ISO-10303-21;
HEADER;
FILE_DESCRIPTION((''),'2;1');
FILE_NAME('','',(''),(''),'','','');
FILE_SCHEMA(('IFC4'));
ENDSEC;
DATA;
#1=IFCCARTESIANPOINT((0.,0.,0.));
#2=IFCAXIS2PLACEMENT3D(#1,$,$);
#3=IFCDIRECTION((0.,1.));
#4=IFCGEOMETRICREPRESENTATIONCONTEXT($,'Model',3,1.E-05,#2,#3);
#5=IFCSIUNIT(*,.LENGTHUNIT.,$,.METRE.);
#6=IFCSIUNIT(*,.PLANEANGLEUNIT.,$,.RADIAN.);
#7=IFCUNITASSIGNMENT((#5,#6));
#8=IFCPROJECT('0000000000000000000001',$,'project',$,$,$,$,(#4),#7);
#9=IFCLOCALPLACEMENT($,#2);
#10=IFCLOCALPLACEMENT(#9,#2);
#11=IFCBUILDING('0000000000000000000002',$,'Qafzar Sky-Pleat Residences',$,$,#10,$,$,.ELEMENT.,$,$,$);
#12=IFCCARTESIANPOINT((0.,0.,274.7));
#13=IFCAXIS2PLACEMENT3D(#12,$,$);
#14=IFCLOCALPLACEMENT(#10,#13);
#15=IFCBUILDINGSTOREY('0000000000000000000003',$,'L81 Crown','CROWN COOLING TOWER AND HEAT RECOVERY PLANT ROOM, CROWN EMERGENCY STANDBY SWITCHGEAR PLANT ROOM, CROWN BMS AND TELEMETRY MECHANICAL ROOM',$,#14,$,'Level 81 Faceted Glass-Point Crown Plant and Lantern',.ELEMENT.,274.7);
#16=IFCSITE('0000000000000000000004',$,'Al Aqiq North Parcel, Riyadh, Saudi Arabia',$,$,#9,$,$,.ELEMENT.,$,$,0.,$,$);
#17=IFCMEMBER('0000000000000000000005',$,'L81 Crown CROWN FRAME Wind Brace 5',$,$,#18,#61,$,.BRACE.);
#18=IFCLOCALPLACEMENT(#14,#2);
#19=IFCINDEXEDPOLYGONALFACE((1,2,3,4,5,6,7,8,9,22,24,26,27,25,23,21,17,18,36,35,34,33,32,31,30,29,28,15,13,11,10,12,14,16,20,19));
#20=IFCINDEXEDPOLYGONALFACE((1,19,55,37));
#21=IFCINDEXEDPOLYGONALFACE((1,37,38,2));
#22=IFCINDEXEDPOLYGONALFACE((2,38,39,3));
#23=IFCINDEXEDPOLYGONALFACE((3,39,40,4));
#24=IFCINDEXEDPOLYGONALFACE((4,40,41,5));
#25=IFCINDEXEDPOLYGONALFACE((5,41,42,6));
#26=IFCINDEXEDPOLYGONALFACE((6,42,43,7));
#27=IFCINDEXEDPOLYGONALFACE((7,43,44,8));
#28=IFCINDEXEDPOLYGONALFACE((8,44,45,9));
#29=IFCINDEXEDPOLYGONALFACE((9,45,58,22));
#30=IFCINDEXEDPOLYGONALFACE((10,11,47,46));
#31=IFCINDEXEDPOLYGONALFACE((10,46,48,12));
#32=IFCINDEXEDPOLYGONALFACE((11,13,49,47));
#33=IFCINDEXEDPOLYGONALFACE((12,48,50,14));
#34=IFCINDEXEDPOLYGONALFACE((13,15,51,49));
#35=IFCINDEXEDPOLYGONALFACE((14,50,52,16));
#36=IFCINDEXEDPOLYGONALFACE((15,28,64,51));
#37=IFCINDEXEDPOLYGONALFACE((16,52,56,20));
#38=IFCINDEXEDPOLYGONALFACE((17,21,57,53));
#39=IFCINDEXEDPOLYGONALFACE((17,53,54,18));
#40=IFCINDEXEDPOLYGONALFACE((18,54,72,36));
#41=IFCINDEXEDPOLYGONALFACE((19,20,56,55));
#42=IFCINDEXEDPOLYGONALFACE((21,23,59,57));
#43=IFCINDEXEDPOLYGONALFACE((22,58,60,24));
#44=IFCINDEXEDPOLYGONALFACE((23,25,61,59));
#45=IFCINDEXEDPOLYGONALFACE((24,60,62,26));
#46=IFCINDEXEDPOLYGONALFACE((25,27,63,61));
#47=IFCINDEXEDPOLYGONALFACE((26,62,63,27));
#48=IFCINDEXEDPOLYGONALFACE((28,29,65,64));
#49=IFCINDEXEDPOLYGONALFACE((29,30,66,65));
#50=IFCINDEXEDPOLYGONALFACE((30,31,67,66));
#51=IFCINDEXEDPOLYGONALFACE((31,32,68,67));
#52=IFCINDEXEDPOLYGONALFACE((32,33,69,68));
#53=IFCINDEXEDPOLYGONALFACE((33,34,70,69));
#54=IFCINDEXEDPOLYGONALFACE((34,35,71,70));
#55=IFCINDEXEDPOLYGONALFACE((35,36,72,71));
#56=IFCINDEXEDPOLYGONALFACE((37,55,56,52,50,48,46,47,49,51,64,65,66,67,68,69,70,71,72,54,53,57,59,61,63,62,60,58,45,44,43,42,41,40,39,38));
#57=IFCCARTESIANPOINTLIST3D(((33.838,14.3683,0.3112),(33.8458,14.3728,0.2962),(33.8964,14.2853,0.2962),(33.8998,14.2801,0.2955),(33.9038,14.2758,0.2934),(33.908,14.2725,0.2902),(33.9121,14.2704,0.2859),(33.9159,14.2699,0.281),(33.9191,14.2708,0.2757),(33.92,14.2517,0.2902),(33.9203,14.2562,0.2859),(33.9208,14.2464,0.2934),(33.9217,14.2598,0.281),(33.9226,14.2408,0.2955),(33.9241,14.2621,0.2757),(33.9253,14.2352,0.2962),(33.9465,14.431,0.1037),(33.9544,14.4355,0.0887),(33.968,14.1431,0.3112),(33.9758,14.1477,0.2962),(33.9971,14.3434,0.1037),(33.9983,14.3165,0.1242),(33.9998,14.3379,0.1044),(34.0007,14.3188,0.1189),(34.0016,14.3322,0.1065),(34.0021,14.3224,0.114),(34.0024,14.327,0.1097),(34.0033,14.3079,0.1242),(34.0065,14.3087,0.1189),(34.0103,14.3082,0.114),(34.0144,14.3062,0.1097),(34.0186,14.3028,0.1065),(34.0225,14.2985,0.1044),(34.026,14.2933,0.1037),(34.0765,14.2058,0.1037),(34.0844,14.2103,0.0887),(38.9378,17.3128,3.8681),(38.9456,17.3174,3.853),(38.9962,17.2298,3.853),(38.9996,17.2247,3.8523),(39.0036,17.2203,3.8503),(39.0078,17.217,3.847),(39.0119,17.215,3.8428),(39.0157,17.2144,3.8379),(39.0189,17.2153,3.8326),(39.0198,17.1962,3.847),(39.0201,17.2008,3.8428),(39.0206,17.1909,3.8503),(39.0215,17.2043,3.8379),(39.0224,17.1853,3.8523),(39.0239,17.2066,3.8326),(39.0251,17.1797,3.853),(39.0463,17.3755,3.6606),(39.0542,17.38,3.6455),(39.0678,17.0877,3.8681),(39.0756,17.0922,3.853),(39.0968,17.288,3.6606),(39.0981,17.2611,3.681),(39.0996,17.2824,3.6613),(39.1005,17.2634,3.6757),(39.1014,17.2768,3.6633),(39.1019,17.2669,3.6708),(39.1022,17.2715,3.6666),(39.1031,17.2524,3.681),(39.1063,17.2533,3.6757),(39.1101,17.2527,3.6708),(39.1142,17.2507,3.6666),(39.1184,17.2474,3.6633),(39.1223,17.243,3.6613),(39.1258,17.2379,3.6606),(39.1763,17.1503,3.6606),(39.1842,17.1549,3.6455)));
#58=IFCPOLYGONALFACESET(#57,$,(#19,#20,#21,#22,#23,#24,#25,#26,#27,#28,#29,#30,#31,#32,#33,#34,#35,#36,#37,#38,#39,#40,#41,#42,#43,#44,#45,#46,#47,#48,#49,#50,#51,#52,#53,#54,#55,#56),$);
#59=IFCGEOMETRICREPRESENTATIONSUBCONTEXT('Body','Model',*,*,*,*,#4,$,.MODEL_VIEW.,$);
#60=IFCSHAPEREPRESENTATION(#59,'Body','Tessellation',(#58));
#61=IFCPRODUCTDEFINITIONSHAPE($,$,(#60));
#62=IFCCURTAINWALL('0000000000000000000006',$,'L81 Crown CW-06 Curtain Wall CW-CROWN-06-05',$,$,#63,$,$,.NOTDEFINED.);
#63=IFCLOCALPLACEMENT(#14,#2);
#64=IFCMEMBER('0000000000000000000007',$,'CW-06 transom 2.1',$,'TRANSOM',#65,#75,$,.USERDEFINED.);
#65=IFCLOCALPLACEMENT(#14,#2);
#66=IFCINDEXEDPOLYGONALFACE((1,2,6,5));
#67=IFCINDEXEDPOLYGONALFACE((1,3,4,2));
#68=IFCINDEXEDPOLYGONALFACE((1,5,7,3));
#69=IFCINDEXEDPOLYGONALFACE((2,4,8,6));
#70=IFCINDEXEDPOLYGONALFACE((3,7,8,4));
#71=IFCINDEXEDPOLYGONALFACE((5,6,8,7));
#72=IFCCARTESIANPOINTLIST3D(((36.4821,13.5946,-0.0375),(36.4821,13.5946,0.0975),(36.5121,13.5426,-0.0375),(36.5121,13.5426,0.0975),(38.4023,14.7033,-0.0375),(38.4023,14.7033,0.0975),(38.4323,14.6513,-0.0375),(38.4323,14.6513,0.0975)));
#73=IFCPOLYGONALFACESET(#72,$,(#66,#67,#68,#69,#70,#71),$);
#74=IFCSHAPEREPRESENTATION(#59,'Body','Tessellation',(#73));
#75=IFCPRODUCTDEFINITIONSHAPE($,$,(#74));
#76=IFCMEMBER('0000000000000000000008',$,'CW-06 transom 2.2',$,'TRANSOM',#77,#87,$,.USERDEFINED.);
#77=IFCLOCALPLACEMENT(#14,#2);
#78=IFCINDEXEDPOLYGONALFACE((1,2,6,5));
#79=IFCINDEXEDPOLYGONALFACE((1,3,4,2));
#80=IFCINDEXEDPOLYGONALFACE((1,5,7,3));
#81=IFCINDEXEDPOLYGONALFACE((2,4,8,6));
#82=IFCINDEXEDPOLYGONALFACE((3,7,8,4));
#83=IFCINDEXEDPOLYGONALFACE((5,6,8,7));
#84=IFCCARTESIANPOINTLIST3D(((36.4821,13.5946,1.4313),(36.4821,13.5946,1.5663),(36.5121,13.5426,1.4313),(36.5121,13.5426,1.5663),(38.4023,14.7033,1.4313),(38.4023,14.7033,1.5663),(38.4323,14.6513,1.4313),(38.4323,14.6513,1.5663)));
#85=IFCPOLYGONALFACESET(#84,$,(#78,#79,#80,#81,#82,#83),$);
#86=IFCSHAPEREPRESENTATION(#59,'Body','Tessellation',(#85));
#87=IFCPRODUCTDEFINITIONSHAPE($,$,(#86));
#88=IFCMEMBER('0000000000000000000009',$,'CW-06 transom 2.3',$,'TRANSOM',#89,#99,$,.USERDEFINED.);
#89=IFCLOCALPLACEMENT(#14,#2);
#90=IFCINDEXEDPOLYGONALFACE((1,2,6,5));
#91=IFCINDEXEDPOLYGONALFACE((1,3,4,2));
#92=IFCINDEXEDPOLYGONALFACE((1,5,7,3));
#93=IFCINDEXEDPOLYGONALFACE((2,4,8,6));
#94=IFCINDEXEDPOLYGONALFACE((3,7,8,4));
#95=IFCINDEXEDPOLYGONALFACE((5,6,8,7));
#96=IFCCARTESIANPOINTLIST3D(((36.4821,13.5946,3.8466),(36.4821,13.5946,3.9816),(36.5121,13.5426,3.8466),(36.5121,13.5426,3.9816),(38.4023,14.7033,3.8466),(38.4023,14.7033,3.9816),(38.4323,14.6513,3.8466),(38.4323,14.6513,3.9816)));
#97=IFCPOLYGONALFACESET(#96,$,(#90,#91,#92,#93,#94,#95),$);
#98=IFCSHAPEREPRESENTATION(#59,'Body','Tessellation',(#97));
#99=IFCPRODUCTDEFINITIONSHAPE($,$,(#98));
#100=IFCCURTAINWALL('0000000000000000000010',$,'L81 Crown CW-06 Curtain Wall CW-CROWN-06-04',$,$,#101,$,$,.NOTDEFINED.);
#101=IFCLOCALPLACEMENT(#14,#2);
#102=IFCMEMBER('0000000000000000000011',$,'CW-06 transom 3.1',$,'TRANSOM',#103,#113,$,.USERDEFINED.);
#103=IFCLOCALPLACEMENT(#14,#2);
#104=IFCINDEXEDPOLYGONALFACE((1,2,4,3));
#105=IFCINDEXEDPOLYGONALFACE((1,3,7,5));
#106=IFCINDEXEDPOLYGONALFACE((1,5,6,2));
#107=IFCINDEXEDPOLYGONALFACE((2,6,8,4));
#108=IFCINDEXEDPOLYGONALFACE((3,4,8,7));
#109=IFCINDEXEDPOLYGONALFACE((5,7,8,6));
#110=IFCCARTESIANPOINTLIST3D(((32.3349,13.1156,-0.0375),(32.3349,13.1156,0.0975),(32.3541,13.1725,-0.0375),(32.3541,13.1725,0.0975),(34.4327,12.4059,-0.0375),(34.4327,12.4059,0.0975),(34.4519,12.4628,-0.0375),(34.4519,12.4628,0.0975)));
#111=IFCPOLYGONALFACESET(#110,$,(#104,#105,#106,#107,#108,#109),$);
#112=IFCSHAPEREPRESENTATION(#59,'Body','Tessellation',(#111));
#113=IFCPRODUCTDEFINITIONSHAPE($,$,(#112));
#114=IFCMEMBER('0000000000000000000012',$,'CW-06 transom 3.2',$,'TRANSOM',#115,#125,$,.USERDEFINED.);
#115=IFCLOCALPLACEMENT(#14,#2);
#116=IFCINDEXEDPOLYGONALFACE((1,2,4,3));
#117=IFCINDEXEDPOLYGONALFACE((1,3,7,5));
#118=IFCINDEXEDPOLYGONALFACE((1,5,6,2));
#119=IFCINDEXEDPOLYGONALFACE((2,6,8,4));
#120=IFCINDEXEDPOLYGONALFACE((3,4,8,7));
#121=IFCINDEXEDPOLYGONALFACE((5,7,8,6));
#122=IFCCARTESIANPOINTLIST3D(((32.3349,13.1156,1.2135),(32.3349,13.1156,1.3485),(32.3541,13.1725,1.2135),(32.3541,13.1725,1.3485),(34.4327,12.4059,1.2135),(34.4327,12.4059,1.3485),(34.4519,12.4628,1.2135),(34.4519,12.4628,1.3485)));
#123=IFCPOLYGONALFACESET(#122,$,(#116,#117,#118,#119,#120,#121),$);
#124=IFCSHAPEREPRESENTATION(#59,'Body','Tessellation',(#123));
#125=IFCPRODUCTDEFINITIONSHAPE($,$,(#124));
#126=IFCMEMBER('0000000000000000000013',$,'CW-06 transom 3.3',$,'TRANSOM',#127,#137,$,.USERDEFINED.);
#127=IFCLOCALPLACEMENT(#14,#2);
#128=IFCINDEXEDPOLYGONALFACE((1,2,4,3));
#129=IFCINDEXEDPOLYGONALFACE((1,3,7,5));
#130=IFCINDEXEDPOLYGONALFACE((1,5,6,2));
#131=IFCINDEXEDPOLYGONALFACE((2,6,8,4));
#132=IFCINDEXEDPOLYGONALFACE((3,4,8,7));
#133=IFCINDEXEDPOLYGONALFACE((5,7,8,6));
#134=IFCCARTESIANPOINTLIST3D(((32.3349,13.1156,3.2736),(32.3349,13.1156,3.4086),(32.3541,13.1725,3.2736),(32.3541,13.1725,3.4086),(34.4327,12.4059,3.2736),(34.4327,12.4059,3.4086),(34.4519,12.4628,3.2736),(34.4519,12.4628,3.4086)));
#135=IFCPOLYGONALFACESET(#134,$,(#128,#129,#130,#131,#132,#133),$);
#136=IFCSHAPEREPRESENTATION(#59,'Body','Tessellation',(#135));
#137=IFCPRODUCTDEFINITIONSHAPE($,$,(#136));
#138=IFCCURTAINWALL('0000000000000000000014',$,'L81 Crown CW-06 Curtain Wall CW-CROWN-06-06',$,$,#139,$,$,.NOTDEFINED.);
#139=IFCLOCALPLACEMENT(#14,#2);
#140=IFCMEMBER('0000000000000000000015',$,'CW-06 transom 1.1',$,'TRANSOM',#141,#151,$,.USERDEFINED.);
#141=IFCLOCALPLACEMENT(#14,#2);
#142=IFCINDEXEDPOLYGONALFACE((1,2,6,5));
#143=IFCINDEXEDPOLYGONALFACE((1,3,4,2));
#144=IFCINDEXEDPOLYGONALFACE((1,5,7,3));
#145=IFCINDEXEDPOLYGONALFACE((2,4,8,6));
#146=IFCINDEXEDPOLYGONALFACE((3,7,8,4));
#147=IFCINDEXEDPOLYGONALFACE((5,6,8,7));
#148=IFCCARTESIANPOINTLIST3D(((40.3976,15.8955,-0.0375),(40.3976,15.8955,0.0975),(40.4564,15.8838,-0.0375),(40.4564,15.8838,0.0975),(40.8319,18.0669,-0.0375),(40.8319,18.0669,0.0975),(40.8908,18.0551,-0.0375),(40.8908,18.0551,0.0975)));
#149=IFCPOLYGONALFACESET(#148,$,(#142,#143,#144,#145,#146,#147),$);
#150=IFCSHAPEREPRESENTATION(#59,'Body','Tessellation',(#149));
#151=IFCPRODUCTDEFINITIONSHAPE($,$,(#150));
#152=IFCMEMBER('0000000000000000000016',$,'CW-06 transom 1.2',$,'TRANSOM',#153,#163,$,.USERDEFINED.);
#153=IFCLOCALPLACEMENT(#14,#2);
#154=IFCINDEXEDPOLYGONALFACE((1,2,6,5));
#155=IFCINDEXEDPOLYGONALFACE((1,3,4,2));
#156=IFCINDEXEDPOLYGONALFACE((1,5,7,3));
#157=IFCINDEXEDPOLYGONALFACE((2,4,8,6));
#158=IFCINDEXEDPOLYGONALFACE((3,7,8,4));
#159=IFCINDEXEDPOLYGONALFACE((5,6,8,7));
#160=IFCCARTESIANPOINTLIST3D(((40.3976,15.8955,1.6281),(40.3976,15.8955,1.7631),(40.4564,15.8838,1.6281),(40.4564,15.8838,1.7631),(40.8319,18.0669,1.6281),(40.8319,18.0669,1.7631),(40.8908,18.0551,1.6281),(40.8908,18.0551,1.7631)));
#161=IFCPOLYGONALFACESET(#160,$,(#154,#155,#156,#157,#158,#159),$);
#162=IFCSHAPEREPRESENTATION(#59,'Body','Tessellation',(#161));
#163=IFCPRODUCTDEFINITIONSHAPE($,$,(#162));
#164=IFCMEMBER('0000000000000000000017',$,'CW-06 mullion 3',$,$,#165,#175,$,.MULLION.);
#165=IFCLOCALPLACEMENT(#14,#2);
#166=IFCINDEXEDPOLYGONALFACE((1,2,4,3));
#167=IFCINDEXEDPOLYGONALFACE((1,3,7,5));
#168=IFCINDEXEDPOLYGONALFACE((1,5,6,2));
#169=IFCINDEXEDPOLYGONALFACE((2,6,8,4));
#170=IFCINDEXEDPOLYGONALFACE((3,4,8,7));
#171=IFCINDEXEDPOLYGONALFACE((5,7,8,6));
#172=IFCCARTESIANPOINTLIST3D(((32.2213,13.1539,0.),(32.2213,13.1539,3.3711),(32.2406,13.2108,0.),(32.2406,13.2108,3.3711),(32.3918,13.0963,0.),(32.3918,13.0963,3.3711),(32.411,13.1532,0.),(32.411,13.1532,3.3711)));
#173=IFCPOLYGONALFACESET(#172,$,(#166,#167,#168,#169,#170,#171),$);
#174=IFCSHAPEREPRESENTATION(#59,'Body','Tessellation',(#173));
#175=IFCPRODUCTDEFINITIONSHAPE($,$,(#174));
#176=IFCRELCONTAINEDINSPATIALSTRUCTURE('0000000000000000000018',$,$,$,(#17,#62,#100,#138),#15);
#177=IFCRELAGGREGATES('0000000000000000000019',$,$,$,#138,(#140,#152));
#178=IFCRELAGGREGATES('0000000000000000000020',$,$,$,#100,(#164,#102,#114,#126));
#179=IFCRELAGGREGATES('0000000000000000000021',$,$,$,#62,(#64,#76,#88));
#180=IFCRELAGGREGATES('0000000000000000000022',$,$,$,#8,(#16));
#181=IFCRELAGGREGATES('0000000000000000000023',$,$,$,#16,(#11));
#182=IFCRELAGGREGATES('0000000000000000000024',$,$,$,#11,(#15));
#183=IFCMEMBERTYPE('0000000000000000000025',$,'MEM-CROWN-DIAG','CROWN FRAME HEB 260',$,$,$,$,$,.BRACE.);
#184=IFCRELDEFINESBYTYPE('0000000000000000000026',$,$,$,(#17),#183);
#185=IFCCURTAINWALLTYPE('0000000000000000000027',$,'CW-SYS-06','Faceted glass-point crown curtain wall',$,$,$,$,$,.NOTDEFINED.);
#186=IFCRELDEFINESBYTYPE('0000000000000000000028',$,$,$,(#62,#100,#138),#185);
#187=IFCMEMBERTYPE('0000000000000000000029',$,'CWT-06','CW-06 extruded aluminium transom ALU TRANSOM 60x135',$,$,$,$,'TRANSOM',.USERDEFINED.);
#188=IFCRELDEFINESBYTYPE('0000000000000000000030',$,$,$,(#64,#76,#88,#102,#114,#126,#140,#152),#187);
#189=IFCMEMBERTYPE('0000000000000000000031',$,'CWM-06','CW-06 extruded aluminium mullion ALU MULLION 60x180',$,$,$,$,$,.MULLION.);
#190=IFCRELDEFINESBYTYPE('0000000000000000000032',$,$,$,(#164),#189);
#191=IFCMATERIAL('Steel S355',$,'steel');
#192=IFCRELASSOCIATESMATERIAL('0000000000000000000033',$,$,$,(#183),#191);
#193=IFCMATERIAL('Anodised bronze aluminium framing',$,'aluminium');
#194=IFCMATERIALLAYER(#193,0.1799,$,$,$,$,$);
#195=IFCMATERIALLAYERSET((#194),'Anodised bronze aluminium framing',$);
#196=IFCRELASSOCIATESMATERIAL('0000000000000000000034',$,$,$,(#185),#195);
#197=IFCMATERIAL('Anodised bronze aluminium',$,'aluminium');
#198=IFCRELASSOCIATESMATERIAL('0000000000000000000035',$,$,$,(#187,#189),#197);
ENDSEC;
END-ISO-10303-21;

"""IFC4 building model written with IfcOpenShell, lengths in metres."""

from ifc_helpers import new_model, si_unit, direction, frame, origin, origin_2d, place, context, subcontext, project, spatial, rectangle, i_section, extrude, source, transform, mapped, material, layer, layer_set, material_profile, profile_set, type_object, element, aggregate, save


model = new_model("IFC4")

# Units and contexts
model_context = context("Model", 3, precision=1e-05, world=origin(), true_north=direction((0.0, 1.0)))
body_context = subcontext(model_context, "Body", "Model", "MODEL_VIEW")
ifc_project = project(units=[si_unit("LENGTHUNIT", "METRE"), si_unit("PLANEANGLEUNIT", "RADIAN")], contexts=[model_context])

# Site, building, storey
site_placement = place(None, origin())
site = spatial("IfcSite", under=ifc_project, at=site_placement, Name="Al Aqiq North Parcel, Riyadh, Saudi Arabia", CompositionType="ELEMENT", RefElevation=0.0)
building_placement = place(site_placement, origin())
building = spatial("IfcBuilding", under=site, at=building_placement, Name="Qafzar Sky-Pleat Residences", CompositionType="ELEMENT")
storey_placement = place(building_placement, frame((0.0, 0.0, 274.7)))
storey = spatial("IfcBuildingStorey", under=building, at=storey_placement, Name="L81 Crown", Description="CROWN COOLING TOWER AND HEAT RECOVERY PLANT ROOM, CROWN EMERGENCY STANDBY SWITCHGEAR PLANT ROOM, CROWN BMS AND TELEMETRY MECHANICAL ROOM", LongName="Level 81 Faceted Glass-Point Crown Plant and Lantern", CompositionType="ELEMENT", Elevation=274.7)

# Member
ifc_material_1 = material(Name="Steel S355", Category="steel")
ifc_material_profile_1 = material_profile(ifc_material_1, i_section(OverallWidth=0.26, OverallDepth=0.26, WebThickness=0.01, FlangeThickness=0.0176, FilletRadius=0.0239, at=origin_2d()), Name="HEB 260")
ifc_profile_set_1 = profile_set([ifc_material_profile_1], Name="Steel S355")
member_type_1 = type_object("IfcMemberType", Name="MEM-CROWN-DIAG", Description="CROWN FRAME HEB 260", PredefinedType="BRACE", material=ifc_profile_set_1)
shared_shape_1 = source(origin(), body_context, "Body", "SweptSolid", [
    extrude(i_section(OverallWidth=0.26, OverallDepth=0.26, WebThickness=0.01, FlangeThickness=0.0176, FilletRadius=0.0239, at=origin_2d()), origin(), (0.0, 0.0, 1.0), 6.8796),
])
member_1_placement = place(storey_placement, frame((33.9612, 14.2893, 0.2), z_axis=(0.741288, 0.428009, 0.51701), x_axis=(-0.500023, 0.866012, 0.0)))
element("IfcMember", 1, at=member_1_placement, inside=storey, type_object=member_type_1, Name="L81 Crown CROWN FRAME Wind Brace 5", PredefinedType="BRACE", context=body_context, shape_type="MappedRepresentation", body=[
    mapped(shared_shape_1, transform((0.0, 0.0, 0.0), x_axis=(1.0, 0.0, 0.0), y_axis=(0.0, 1.0, 0.0), z_axis=(0.0, 0.0, 1.0), scale=1.0)),
])

# Curtain walls, members
ifc_material_2 = material(Name="Anodised bronze aluminium framing", Category="aluminium")
ifc_layer_1 = layer(ifc_material_2, 0.1799)
ifc_layer_set_1 = layer_set([ifc_layer_1], Name="Anodised bronze aluminium framing")
curtain_wall_type = type_object("IfcCurtainWallType", Name="CW-SYS-06", Description="Faceted glass-point crown curtain wall", PredefinedType="NOTDEFINED", material=ifc_layer_set_1)
curtain_wall_1_placement = place(storey_placement, origin())
curtain_wall_1 = element("IfcCurtainWall", 2, at=curtain_wall_1_placement, inside=storey, type_object=curtain_wall_type, Name="L81 Crown CW-06 Curtain Wall CW-CROWN-06-05", PredefinedType="NOTDEFINED")
ifc_material_3 = material(Name="Anodised bronze aluminium", Category="aluminium")
ifc_material_profile_2 = material_profile(ifc_material_3, rectangle(XDim=0.0601, YDim=0.135, at=origin_2d()), Name="ALU TRANSOM 60x135")
ifc_profile_set_2 = profile_set([ifc_material_profile_2], Name="Anodised bronze aluminium")
member_type_2 = type_object("IfcMemberType", Name="CWT-06", Description="CW-06 extruded aluminium transom ALU TRANSOM 60x135", ElementType="TRANSOM", PredefinedType="USERDEFINED", material=ifc_profile_set_2)
shared_shape_2 = source(origin(), body_context, "Body", "SweptSolid", [
    extrude(rectangle(XDim=0.0601, YDim=0.135, at=origin_2d()), origin(), (0.0, 0.0, 1.0), 2.2173),
])
member_2_placement = place(storey_placement, frame((36.4971, 13.5686, 0.03), z_axis=(0.866019, 0.500012, 0.0), x_axis=(-0.500012, 0.866019, 0.0)))
member_2 = element("IfcMember", 3, at=member_2_placement, type_object=member_type_2, Name="CW-06 transom 2.1", ObjectType="TRANSOM", PredefinedType="USERDEFINED", context=body_context, shape_type="MappedRepresentation", body=[
    mapped(shared_shape_2, transform((0.0, 0.0, 0.0), x_axis=(1.0, 0.0, 0.0), y_axis=(0.0, 1.0, 0.0), z_axis=(0.0, 0.0, 1.0), scale=1.0)),
])
member_3_placement = place(storey_placement, frame((36.4971, 13.5686, 1.4988), z_axis=(0.866019, 0.500012, 0.0), x_axis=(-0.500012, 0.866019, 0.0)))
member_3 = element("IfcMember", 4, at=member_3_placement, type_object=member_type_2, Name="CW-06 transom 2.2", ObjectType="TRANSOM", PredefinedType="USERDEFINED", context=body_context, shape_type="MappedRepresentation", body=[
    mapped(shared_shape_2, transform((0.0, 0.0, 0.0), x_axis=(1.0, 0.0, 0.0), y_axis=(0.0, 1.0, 0.0), z_axis=(0.0, 0.0, 1.0), scale=1.0)),
])
member_4_placement = place(storey_placement, frame((36.4971, 13.5686, 3.9141), z_axis=(0.866019, 0.500012, 0.0), x_axis=(-0.500012, 0.866019, 0.0)))
member_4 = element("IfcMember", 5, at=member_4_placement, type_object=member_type_2, Name="CW-06 transom 2.3", ObjectType="TRANSOM", PredefinedType="USERDEFINED", context=body_context, shape_type="MappedRepresentation", body=[
    mapped(shared_shape_2, transform((0.0, 0.0, 0.0), x_axis=(1.0, 0.0, 0.0), y_axis=(0.0, 1.0, 0.0), z_axis=(0.0, 0.0, 1.0), scale=1.0)),
])
curtain_wall_2_placement = place(storey_placement, origin())
curtain_wall_2 = element("IfcCurtainWall", 6, at=curtain_wall_2_placement, inside=storey, type_object=curtain_wall_type, Name="L81 Crown CW-06 Curtain Wall CW-CROWN-06-04", PredefinedType="NOTDEFINED")
shared_shape_3 = source(origin(), body_context, "Body", "SweptSolid", [
    extrude(rectangle(XDim=0.0601, YDim=0.135, at=origin_2d()), origin(), (0.0, 0.0, 1.0), 2.2146),
])
member_5_placement = place(storey_placement, frame((32.3445, 13.144, 0.03), z_axis=(0.947263, -0.320458, 0.0), x_axis=(0.320458, 0.947263, 0.0)))
member_5 = element("IfcMember", 7, at=member_5_placement, type_object=member_type_2, Name="CW-06 transom 3.1", ObjectType="TRANSOM", PredefinedType="USERDEFINED", context=body_context, shape_type="MappedRepresentation", body=[
    mapped(shared_shape_3, transform((0.0, 0.0, 0.0), x_axis=(1.0, 0.0, 0.0), y_axis=(0.0, 1.0, 0.0), z_axis=(0.0, 0.0, 1.0), scale=1.0)),
])
member_6_placement = place(storey_placement, frame((32.3445, 13.144, 1.281), z_axis=(0.947263, -0.320458, 0.0), x_axis=(0.320458, 0.947263, 0.0)))
member_6 = element("IfcMember", 8, at=member_6_placement, type_object=member_type_2, Name="CW-06 transom 3.2", ObjectType="TRANSOM", PredefinedType="USERDEFINED", context=body_context, shape_type="MappedRepresentation", body=[
    mapped(shared_shape_3, transform((0.0, 0.0, 0.0), x_axis=(1.0, 0.0, 0.0), y_axis=(0.0, 1.0, 0.0), z_axis=(0.0, 0.0, 1.0), scale=1.0)),
])
member_7_placement = place(storey_placement, frame((32.3445, 13.144, 3.3411), z_axis=(0.947263, -0.320458, 0.0), x_axis=(0.320458, 0.947263, 0.0)))
member_7 = element("IfcMember", 9, at=member_7_placement, type_object=member_type_2, Name="CW-06 transom 3.3", ObjectType="TRANSOM", PredefinedType="USERDEFINED", context=body_context, shape_type="MappedRepresentation", body=[
    mapped(shared_shape_3, transform((0.0, 0.0, 0.0), x_axis=(1.0, 0.0, 0.0), y_axis=(0.0, 1.0, 0.0), z_axis=(0.0, 0.0, 1.0), scale=1.0)),
])
curtain_wall_3_placement = place(storey_placement, origin())
curtain_wall_3 = element("IfcCurtainWall", 10, at=curtain_wall_3_placement, inside=storey, type_object=curtain_wall_type, Name="L81 Crown CW-06 Curtain Wall CW-CROWN-06-06", PredefinedType="NOTDEFINED")
shared_shape_4 = source(origin(), body_context, "Body", "SweptSolid", [
    extrude(rectangle(XDim=0.0601, YDim=0.135, at=origin_2d()), origin(), (0.0, 0.0, 1.0), 2.2144),
])
member_8_placement = place(storey_placement, frame((40.427, 15.8896, 0.03), z_axis=(0.196137, 0.980576, 0.0), x_axis=(-0.980576, 0.196137, 0.0)))
member_8 = element("IfcMember", 11, at=member_8_placement, type_object=member_type_2, Name="CW-06 transom 1.1", ObjectType="TRANSOM", PredefinedType="USERDEFINED", context=body_context, shape_type="MappedRepresentation", body=[
    mapped(shared_shape_4, transform((0.0, 0.0, 0.0), x_axis=(1.0, 0.0, 0.0), y_axis=(0.0, 1.0, 0.0), z_axis=(0.0, 0.0, 1.0), scale=1.0)),
])
member_9_placement = place(storey_placement, frame((40.427, 15.8896, 1.6956), z_axis=(0.196137, 0.980576, 0.0), x_axis=(-0.980576, 0.196137, 0.0)))
member_9 = element("IfcMember", 12, at=member_9_placement, type_object=member_type_2, Name="CW-06 transom 1.2", ObjectType="TRANSOM", PredefinedType="USERDEFINED", context=body_context, shape_type="MappedRepresentation", body=[
    mapped(shared_shape_4, transform((0.0, 0.0, 0.0), x_axis=(1.0, 0.0, 0.0), y_axis=(0.0, 1.0, 0.0), z_axis=(0.0, 0.0, 1.0), scale=1.0)),
])

# Member
ifc_material_profile_3 = material_profile(ifc_material_3, rectangle(XDim=0.0601, YDim=0.1799, at=origin_2d()), Name="ALU MULLION 60x180")
ifc_profile_set_3 = profile_set([ifc_material_profile_3], Name="Anodised bronze aluminium")
member_type_3 = type_object("IfcMemberType", Name="CWM-06", Description="CW-06 extruded aluminium mullion ALU MULLION 60x180", PredefinedType="MULLION", material=ifc_profile_set_3)
shared_shape_5 = source(origin(), body_context, "Body", "SweptSolid", [
    extrude(rectangle(XDim=0.0601, YDim=0.1799, at=origin_2d()), origin(), (0.0, 0.0, 1.0), 3.3711),
])
member_10_placement = place(storey_placement, frame((32.3162, 13.1536, 0.0), z_axis=(0.0, 0.0, 1.0), x_axis=(0.32046, 0.947262, 0.0)))
member_10 = element("IfcMember", 13, at=member_10_placement, type_object=member_type_3, Name="CW-06 mullion 3", PredefinedType="MULLION", context=body_context, shape_type="MappedRepresentation", body=[
    mapped(shared_shape_5, transform((0.0, 0.0, 0.0), x_axis=(1.0, 0.0, 0.0), y_axis=(0.0, 1.0, 0.0), z_axis=(0.0, 0.0, 1.0), scale=1.0)),
])
aggregate(curtain_wall_3, [member_8, member_9])

aggregate(curtain_wall_2, [member_10, member_5, member_6, member_7])
aggregate(curtain_wall_1, [member_2, member_3, member_4])

save(model, "model.ifc")
